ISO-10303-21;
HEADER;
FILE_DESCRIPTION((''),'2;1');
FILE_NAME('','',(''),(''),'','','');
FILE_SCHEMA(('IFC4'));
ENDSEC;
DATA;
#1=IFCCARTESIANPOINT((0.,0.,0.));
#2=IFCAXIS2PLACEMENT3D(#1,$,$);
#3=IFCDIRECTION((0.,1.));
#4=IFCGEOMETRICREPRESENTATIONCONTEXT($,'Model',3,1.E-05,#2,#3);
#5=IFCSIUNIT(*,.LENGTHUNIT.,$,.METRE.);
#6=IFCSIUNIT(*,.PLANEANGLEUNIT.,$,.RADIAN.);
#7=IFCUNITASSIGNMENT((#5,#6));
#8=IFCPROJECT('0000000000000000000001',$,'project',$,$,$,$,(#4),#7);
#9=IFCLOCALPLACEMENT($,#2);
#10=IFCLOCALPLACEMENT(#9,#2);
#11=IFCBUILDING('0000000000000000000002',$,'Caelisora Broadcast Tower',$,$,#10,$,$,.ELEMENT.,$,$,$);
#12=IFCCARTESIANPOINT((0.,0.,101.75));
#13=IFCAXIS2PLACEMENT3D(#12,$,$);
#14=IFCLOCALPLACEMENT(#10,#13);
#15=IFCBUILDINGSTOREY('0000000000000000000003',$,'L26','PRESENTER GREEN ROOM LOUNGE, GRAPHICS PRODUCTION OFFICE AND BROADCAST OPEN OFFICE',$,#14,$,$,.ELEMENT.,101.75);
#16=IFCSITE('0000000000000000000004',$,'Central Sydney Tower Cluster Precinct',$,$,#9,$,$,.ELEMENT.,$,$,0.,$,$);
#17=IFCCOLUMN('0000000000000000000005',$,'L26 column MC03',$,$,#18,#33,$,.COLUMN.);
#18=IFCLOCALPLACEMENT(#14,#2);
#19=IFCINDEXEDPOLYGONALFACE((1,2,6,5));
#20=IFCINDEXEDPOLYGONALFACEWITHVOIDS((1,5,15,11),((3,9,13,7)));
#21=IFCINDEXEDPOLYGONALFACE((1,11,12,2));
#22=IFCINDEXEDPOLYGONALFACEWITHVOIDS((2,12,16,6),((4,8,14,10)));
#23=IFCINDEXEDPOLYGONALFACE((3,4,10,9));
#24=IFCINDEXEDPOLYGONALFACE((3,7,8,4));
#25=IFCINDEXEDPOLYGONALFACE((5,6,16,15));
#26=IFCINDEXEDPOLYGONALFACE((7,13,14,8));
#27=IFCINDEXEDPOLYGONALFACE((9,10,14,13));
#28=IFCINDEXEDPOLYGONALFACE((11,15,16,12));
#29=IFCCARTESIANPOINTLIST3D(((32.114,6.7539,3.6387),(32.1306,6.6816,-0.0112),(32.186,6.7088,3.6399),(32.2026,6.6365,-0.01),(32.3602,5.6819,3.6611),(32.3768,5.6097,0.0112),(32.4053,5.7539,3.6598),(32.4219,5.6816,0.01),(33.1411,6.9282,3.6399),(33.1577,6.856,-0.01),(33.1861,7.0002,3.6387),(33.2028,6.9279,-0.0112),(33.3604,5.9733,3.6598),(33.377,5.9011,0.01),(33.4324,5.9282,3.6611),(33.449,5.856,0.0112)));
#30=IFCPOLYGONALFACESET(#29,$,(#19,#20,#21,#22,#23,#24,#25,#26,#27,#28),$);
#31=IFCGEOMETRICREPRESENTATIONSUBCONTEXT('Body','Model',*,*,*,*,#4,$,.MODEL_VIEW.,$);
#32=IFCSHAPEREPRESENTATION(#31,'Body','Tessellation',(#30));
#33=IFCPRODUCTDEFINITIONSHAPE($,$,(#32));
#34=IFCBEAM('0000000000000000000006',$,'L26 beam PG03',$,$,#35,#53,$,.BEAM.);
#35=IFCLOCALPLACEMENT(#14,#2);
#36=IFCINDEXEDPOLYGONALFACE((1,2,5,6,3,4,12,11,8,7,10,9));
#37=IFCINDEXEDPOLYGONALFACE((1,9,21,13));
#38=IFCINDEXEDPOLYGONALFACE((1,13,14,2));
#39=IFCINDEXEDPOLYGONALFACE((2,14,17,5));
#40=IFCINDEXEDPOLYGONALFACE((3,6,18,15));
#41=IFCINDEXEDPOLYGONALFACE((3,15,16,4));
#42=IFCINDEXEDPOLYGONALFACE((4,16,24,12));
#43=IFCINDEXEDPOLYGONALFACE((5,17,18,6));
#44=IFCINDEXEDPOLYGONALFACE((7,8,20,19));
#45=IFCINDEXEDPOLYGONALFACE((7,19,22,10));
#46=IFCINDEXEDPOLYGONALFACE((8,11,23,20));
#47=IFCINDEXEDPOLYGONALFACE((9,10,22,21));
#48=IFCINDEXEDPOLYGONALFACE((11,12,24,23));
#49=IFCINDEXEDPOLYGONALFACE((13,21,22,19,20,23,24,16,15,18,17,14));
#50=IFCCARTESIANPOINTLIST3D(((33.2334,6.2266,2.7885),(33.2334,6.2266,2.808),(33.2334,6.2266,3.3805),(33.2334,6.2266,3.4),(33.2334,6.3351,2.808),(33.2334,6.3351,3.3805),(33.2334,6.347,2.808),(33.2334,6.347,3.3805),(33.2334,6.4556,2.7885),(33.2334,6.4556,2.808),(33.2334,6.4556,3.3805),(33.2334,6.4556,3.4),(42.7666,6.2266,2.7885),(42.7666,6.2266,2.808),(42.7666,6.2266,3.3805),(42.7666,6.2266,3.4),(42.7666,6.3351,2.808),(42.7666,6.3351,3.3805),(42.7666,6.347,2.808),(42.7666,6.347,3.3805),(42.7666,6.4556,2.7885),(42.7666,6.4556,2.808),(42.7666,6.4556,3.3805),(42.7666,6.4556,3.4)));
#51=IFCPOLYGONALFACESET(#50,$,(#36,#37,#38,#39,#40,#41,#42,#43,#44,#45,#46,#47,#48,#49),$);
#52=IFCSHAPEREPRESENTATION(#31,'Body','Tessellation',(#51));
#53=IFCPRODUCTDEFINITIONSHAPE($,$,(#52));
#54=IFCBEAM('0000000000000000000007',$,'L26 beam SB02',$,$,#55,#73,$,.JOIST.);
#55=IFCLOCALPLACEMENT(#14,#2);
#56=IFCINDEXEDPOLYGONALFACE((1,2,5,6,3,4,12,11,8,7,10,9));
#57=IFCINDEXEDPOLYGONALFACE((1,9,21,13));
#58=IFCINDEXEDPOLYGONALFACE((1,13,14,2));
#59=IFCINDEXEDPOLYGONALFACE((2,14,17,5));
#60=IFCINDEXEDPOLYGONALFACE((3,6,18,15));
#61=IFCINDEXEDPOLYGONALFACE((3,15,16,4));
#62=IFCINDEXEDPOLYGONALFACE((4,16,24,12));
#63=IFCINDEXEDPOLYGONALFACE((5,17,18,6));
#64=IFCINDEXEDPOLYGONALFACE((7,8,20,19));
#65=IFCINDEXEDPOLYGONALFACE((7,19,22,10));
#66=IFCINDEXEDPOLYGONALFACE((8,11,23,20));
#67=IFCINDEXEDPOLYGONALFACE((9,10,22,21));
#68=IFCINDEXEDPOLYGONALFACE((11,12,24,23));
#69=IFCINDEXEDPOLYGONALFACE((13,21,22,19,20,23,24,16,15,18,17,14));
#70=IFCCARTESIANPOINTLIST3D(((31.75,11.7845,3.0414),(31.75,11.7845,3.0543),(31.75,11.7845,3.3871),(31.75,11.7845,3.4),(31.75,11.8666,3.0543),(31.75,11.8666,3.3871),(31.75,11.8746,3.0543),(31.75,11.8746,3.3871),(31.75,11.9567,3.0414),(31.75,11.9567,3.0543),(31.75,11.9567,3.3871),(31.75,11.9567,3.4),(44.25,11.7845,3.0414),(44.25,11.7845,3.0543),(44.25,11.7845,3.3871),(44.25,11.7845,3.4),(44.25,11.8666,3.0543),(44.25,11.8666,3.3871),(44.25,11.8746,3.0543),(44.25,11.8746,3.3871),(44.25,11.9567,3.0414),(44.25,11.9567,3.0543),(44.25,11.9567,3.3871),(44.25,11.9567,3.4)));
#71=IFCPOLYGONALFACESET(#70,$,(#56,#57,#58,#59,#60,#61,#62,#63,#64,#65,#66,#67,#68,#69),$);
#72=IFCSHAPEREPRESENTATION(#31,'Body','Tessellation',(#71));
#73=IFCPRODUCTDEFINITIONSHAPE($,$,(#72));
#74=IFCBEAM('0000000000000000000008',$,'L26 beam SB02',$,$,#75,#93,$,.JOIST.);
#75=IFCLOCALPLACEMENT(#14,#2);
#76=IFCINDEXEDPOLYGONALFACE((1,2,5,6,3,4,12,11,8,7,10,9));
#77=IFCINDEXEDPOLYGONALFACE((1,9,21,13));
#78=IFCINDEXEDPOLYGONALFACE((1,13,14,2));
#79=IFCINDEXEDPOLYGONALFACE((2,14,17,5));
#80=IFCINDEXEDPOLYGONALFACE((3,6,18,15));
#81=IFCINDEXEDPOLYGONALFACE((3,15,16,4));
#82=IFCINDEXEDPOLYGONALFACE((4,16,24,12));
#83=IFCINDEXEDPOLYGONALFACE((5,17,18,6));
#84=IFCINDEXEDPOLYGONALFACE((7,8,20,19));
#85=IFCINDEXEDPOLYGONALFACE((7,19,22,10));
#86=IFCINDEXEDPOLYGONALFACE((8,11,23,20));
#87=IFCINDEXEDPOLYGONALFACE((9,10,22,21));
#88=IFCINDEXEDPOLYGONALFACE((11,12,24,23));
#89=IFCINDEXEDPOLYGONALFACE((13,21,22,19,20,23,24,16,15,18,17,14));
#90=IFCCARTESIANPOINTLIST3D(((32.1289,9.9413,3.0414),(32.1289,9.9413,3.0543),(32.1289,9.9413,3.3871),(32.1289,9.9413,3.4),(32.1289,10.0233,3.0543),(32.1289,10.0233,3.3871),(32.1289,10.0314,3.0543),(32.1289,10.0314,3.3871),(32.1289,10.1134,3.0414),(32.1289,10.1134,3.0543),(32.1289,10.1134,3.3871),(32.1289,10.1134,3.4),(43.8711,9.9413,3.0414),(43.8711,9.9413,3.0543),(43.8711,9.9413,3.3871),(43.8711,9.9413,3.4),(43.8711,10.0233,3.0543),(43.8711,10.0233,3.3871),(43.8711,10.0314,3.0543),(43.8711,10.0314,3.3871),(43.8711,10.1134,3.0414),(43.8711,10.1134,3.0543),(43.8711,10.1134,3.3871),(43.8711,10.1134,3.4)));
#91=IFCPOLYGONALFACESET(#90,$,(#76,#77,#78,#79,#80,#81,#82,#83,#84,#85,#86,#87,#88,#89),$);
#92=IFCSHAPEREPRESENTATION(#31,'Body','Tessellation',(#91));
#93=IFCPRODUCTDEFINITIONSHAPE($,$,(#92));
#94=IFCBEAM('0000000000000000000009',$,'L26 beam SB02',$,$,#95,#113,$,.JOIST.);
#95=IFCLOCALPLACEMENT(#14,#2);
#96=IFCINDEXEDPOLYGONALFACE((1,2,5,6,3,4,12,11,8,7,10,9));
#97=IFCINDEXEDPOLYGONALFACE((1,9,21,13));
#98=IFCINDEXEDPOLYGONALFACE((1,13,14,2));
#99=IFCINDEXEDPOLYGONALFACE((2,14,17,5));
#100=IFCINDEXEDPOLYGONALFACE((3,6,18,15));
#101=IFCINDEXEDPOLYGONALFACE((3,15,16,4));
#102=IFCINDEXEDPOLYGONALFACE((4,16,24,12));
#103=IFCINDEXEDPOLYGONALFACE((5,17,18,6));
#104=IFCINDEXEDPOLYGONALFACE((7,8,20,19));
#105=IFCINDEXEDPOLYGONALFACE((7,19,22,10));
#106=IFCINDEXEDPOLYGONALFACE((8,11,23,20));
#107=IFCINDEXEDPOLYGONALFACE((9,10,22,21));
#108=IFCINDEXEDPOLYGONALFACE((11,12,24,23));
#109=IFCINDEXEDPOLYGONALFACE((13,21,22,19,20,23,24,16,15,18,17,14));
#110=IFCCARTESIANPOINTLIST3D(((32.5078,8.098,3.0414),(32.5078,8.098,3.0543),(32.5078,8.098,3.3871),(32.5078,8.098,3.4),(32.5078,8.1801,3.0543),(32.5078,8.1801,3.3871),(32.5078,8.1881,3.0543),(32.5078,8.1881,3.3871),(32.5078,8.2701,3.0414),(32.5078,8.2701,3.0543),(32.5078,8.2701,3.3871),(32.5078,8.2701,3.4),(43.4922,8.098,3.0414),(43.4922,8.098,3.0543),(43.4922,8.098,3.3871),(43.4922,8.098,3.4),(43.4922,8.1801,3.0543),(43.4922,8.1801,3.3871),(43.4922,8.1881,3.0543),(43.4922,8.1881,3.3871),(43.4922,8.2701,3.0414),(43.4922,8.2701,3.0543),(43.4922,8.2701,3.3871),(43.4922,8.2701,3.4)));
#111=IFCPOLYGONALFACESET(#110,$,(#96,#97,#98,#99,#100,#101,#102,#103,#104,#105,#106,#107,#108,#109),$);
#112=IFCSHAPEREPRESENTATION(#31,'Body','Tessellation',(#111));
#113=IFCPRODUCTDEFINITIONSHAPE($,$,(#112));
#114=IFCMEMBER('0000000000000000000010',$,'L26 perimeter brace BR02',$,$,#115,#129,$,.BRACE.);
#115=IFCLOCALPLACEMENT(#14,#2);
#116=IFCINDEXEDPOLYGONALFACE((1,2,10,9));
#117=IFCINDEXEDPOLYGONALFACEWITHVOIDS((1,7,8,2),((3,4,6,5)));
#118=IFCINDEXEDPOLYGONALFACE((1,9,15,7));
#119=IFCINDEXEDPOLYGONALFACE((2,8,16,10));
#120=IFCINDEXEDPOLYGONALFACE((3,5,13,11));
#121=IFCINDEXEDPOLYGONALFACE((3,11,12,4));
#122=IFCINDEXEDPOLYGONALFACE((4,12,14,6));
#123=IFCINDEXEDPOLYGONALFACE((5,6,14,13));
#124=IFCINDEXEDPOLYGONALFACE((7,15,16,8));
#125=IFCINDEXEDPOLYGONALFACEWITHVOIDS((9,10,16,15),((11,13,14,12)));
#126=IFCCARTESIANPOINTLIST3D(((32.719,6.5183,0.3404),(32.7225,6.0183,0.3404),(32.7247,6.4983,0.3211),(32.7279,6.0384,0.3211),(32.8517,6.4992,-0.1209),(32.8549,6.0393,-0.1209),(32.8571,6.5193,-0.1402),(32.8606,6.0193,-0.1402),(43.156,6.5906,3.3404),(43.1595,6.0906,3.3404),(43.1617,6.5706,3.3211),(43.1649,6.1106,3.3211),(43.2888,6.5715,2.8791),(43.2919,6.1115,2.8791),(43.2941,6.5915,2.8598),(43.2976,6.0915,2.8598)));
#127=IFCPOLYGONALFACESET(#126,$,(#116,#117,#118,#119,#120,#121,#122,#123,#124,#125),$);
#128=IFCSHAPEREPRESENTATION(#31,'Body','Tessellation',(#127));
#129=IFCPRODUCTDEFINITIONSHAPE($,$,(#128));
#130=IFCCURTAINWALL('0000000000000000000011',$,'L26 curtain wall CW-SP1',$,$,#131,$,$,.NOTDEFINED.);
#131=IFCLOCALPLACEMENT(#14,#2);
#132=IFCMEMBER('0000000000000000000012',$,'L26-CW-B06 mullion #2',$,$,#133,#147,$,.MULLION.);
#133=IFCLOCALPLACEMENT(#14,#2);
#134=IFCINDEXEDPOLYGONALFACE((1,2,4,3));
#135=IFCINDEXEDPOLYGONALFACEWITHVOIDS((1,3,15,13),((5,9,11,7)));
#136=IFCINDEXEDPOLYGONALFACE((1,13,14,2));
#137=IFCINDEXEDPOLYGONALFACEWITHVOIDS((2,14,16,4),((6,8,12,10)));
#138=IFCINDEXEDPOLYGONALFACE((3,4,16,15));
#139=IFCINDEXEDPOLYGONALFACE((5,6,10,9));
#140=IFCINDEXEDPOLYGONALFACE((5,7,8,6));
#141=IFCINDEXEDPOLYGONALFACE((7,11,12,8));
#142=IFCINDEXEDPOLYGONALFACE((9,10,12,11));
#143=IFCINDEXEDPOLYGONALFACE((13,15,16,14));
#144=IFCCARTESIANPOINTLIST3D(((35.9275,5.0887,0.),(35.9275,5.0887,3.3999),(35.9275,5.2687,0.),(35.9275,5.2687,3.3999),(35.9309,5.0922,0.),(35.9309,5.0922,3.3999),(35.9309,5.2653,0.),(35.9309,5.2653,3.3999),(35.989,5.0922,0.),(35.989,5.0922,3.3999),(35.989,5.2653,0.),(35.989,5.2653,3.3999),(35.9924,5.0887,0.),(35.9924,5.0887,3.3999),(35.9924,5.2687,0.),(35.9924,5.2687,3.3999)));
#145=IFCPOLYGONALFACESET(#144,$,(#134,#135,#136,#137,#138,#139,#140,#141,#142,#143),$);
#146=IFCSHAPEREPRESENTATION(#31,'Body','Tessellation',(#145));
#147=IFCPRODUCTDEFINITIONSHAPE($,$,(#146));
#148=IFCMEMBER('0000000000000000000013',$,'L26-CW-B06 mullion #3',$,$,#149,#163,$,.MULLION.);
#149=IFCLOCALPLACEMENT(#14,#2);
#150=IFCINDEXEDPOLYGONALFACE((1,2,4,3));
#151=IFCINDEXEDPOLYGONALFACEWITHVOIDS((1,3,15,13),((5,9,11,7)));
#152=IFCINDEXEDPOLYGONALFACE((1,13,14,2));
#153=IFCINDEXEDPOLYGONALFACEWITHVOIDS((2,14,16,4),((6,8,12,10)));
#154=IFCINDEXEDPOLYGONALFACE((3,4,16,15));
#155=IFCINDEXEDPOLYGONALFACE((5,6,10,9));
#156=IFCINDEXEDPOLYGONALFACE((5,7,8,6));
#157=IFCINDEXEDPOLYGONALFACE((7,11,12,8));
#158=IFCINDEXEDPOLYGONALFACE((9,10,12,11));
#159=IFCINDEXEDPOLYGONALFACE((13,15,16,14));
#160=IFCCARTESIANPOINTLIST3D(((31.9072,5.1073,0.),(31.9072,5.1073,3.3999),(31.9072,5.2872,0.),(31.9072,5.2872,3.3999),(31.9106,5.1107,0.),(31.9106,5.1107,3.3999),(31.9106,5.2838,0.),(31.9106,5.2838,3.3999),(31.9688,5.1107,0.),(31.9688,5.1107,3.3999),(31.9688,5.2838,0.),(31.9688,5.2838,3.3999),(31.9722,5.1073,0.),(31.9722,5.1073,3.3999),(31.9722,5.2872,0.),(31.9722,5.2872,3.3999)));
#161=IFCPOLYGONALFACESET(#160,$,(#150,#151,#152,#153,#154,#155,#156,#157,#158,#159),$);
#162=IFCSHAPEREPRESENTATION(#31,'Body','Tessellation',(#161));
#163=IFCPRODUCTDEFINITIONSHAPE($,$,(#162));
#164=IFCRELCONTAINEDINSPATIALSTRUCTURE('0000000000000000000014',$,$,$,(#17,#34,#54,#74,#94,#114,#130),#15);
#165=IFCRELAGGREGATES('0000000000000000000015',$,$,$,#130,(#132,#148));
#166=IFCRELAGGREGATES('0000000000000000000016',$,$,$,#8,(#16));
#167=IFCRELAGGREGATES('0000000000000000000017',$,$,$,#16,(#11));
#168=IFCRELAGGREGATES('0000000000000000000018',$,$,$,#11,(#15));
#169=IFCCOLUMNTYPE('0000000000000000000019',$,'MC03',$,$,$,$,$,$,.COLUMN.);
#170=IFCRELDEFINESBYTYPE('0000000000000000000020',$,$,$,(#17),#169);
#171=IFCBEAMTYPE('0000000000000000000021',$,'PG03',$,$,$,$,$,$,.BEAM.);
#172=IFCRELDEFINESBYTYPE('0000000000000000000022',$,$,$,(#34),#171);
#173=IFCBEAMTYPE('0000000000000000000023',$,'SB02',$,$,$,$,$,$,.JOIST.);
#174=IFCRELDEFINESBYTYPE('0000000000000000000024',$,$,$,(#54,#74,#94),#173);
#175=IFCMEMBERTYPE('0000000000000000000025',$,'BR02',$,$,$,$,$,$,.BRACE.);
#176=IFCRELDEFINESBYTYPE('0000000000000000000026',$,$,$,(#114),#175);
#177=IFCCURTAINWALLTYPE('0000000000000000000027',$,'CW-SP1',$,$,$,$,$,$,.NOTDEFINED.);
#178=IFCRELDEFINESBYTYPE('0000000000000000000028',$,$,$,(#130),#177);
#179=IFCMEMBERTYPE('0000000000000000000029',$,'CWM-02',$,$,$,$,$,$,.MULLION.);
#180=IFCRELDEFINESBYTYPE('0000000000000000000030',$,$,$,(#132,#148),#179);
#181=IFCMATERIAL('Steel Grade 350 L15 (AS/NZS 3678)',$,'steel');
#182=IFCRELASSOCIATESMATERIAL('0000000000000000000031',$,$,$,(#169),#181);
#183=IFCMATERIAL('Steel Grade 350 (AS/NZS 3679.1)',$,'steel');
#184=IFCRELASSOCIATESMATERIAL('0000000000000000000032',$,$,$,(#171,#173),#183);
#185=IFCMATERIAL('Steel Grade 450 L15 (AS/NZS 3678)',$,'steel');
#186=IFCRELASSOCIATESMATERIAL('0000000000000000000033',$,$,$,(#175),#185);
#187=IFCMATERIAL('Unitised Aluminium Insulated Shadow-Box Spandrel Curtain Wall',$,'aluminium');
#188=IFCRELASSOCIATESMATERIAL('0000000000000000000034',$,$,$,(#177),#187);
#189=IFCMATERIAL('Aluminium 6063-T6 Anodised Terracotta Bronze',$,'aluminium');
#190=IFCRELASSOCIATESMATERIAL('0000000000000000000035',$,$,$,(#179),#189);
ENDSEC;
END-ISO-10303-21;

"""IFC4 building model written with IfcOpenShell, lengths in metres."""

from ifc_helpers import new_model, si_unit, direction, frame, origin, origin_2d, place, context, subcontext, project, spatial, hollow_rectangle, i_section, extrude, source, transform, mapped, material, material_profile, profile_set, type_object, type_shapes, element, aggregate, save


model = new_model("IFC4")

# Units and contexts
model_context = context("Model", 3, precision=1e-05, world=origin(), true_north=direction((0.0, 1.0)))
body_context = subcontext(model_context, "Body", "Model", "MODEL_VIEW")
ifc_project = project(units=[si_unit("LENGTHUNIT", "METRE"), si_unit("PLANEANGLEUNIT", "RADIAN")], contexts=[model_context])

# Site, building, storey
site_placement = place(None, origin())
site = spatial("IfcSite", under=ifc_project, at=site_placement, Name="Central Sydney Tower Cluster Precinct", CompositionType="ELEMENT", RefElevation=0.0)
building_placement = place(site_placement, origin())
building = spatial("IfcBuilding", under=site, at=building_placement, Name="Caelisora Broadcast Tower", CompositionType="ELEMENT")
storey_placement = place(building_placement, frame((0.0, 0.0, 101.75)))
storey = spatial("IfcBuildingStorey", under=building, at=storey_placement, Name="L26", Description="PRESENTER GREEN ROOM LOUNGE, GRAPHICS PRODUCTION OFFICE AND BROADCAST OPEN OFFICE", CompositionType="ELEMENT", Elevation=101.75)

# Column
ifc_material_1 = material(Name="Steel Grade 350 L15 (AS/NZS 3678)", Category="steel")
ifc_material_profile_1 = material_profile(ifc_material_1, hollow_rectangle(XDim=1.1001, YDim=1.1001, WallThickness=0.0601, at=origin_2d()), Name="Steel Grade 350 L15 (AS/NZS 3678)")
ifc_profile_set_1 = profile_set([ifc_material_profile_1], Name="Steel Grade 350 L15 (AS/NZS 3678)")
column_type = type_object("IfcColumnType", Name="MC03", PredefinedType="COLUMN", material=ifc_profile_set_1)
shared_shape_1 = source(origin(), body_context, "Body", "SweptSolid", [
    extrude(hollow_rectangle(XDim=1.1001, YDim=1.1001, WallThickness=0.0601, at=origin_2d()), origin(), (0.0, 0.0, 1.0), 3.6506),
])
type_shapes(column_type, [shared_shape_1])
column_placement = place(storey_placement, frame((32.7898, 6.2688, 0.0), z_axis=(-0.004548, 0.019795, 0.999794), x_axis=(-0.974613, -0.223898, 0.0)))
element("IfcColumn", 1, at=column_placement, inside=storey, type_object=column_type, Name="L26 column MC03", PredefinedType="COLUMN", context=body_context, shape_type="MappedRepresentation", body=[
    mapped(shared_shape_1, transform((0.0, 0.0, 0.0), scale=1.0)),
])

# Beams
ifc_material_2 = material(Name="Steel Grade 350 (AS/NZS 3679.1)", Category="steel")
ifc_material_profile_2 = material_profile(ifc_material_2, i_section(OverallWidth=0.229, OverallDepth=0.6116, WebThickness=0.012, FlangeThickness=0.0195, at=origin_2d()), Name="Steel Grade 350 (AS/NZS 3679.1)")
ifc_profile_set_2 = profile_set([ifc_material_profile_2], Name="Steel Grade 350 (AS/NZS 3679.1)")
beam_type_1 = type_object("IfcBeamType", Name="PG03", PredefinedType="BEAM", material=ifc_profile_set_2)
shared_shape_2 = source(origin(), body_context, "Body", "SweptSolid", [
    extrude(i_section(OverallWidth=0.229, OverallDepth=0.6116, WebThickness=0.012, FlangeThickness=0.0195, at=origin_2d()), origin(), (0.0, 0.0, 1.0), 9.5332),
])
type_shapes(beam_type_1, [shared_shape_2])
beam_1_placement = place(storey_placement, frame((33.2334, 6.3411, 3.0942), z_axis=(1.0, 0.0, 0.0), x_axis=(0.0, 1.0, 0.0)))
element("IfcBeam", 2, at=beam_1_placement, inside=storey, type_object=beam_type_1, Name="L26 beam PG03", PredefinedType="BEAM", context=body_context, shape_type="MappedRepresentation", body=[
    mapped(shared_shape_2, transform((0.0, 0.0, 0.0), scale=1.0)),
])
ifc_material_profile_3 = material_profile(ifc_material_2, i_section(OverallWidth=0.1721, OverallDepth=0.3586, WebThickness=0.0081, FlangeThickness=0.0129, at=origin_2d()), Name="Steel Grade 350 (AS/NZS 3679.1)")
ifc_profile_set_3 = profile_set([ifc_material_profile_3], Name="Steel Grade 350 (AS/NZS 3679.1)")
beam_type_2 = type_object("IfcBeamType", Name="SB02", PredefinedType="JOIST", material=ifc_profile_set_3)
shared_shape_3 = source(origin(), body_context, "Body", "SweptSolid", [
    extrude(i_section(OverallWidth=0.1721, OverallDepth=0.3586, WebThickness=0.0081, FlangeThickness=0.0129, at=origin_2d()), origin(), (0.0, 0.0, 1.0), 12.5),
])
beam_2_placement = place(storey_placement, frame((31.75, 11.8706, 3.2207), z_axis=(1.0, 0.0, 0.0), x_axis=(0.0, 1.0, 0.0)))
element("IfcBeam", 3, at=beam_2_placement, inside=storey, type_object=beam_type_2, Name="L26 beam SB02", PredefinedType="JOIST", context=body_context, shape_type="MappedRepresentation", body=[
    mapped(shared_shape_3, transform((0.0, 0.0, 0.0), scale=1.0)),
])
shared_shape_4 = source(origin(), body_context, "Body", "SweptSolid", [
    extrude(i_section(OverallWidth=0.1721, OverallDepth=0.3586, WebThickness=0.0081, FlangeThickness=0.0129, at=origin_2d()), origin(), (0.0, 0.0, 1.0), 11.7422),
])
beam_3_placement = place(storey_placement, frame((32.1289, 10.0273, 3.2207), z_axis=(1.0, 0.0, 0.0), x_axis=(0.0, 1.0, 0.0)))
element("IfcBeam", 4, at=beam_3_placement, inside=storey, type_object=beam_type_2, Name="L26 beam SB02", PredefinedType="JOIST", context=body_context, shape_type="MappedRepresentation", body=[
    mapped(shared_shape_4, transform((0.0, 0.0, 0.0), scale=1.0)),
])
shared_shape_5 = source(origin(), body_context, "Body", "SweptSolid", [
    extrude(i_section(OverallWidth=0.1721, OverallDepth=0.3586, WebThickness=0.0081, FlangeThickness=0.0129, at=origin_2d()), origin(), (0.0, 0.0, 1.0), 10.9844),
])
type_shapes(beam_type_2, [shared_shape_3, shared_shape_4, shared_shape_5])
beam_4_placement = place(storey_placement, frame((32.5078, 8.1841, 3.2207), z_axis=(1.0, 0.0, 0.0), x_axis=(0.0, 1.0, 0.0)))
element("IfcBeam", 5, at=beam_4_placement, inside=storey, type_object=beam_type_2, Name="L26 beam SB02", PredefinedType="JOIST", context=body_context, shape_type="MappedRepresentation", body=[
    mapped(shared_shape_5, transform((0.0, 0.0, 0.0), scale=1.0)),
])

# Member
ifc_material_3 = material(Name="Steel Grade 450 L15 (AS/NZS 3678)", Category="steel")
ifc_material_profile_4 = material_profile(ifc_material_3, hollow_rectangle(XDim=0.5, YDim=0.5, WallThickness=0.02, at=origin_2d()), Name="Steel Grade 450 L15 (AS/NZS 3678)")
ifc_profile_set_4 = profile_set([ifc_material_profile_4], Name="Steel Grade 450 L15 (AS/NZS 3678)")
member_type_1 = type_object("IfcMemberType", Name="BR02", PredefinedType="BRACE", material=ifc_profile_set_4)
shared_shape_6 = source(origin(), body_context, "Body", "SweptSolid", [
    extrude(hollow_rectangle(XDim=0.5, YDim=0.5, WallThickness=0.02, at=origin_2d()), origin(), (0.0, 0.0, 1.0), 10.8599),
])
type_shapes(member_type_1, [shared_shape_6])
member_1_placement = place(storey_placement, frame((32.7898, 6.2688, 0.1001), z_axis=(0.961064, 0.006654, 0.276247), x_axis=(-0.006924, 0.999976, 0.0)))
element("IfcMember", 6, at=member_1_placement, inside=storey, type_object=member_type_1, Name="L26 perimeter brace BR02", PredefinedType="BRACE", context=body_context, shape_type="MappedRepresentation", body=[
    mapped(shared_shape_6, transform((0.0, 0.0, 0.0), scale=1.0)),
])

# Curtain wall, members
ifc_material_4 = material(Name="Unitised Aluminium Insulated Shadow-Box Spandrel Curtain Wall", Category="aluminium")
curtain_wall_type_1 = type_object("IfcCurtainWallType", Name="CW-SP1", PredefinedType="NOTDEFINED", material=ifc_material_4)
curtain_wall_1_placement = place(storey_placement, origin())
curtain_wall_1 = element("IfcCurtainWall", 7, at=curtain_wall_1_placement, inside=storey, type_object=curtain_wall_type_1, Name="L26 curtain wall CW-SP1", PredefinedType="NOTDEFINED")
ifc_material_5 = material(Name="Aluminium 6063-T6 Anodised Terracotta Bronze", Category="aluminium")
ifc_material_profile_5 = material_profile(ifc_material_5, hollow_rectangle(XDim=0.0649, YDim=0.1799, WallThickness=0.0034, at=origin_2d()), Name="Aluminium 6063-T6 Anodised Terracotta Bronze")
ifc_profile_set_5 = profile_set([ifc_material_profile_5], Name="Aluminium 6063-T6 Anodised Terracotta Bronze")
member_type_2 = type_object("IfcMemberType", Name="CWM-02", PredefinedType="MULLION", material=ifc_profile_set_5)
shared_shape_7 = source(origin(), body_context, "Body", "SweptSolid", [
    extrude(hollow_rectangle(XDim=0.0649, YDim=0.1799, WallThickness=0.0034, at=origin_2d()), origin(), (0.0, 0.0, 1.0), 3.3999),
])
type_shapes(member_type_2, [shared_shape_7])
member_2_placement = place(storey_placement, frame((35.96, 5.1787, 0.0), z_axis=(0.0, 0.0, 1.0), x_axis=(1.0, 0.0, 0.0)))
member_2 = element("IfcMember", 8, at=member_2_placement, type_object=member_type_2, Name="L26-CW-B06 mullion #2", PredefinedType="MULLION", context=body_context, shape_type="MappedRepresentation", body=[
    mapped(shared_shape_7, transform((0.0, 0.0, 0.0), scale=1.0)),
])
member_3_placement = place(storey_placement, frame((31.9397, 5.1973, 0.0), z_axis=(0.0, 0.0, 1.0), x_axis=(1.0, 0.0, 0.0)))
member_3 = element("IfcMember", 9, at=member_3_placement, type_object=member_type_2, Name="L26-CW-B06 mullion #3", PredefinedType="MULLION", context=body_context, shape_type="MappedRepresentation", body=[
    mapped(shared_shape_7, transform((0.0, 0.0, 0.0), scale=1.0)),
])

aggregate(curtain_wall_1, [member_2, member_3])

save(model, "model.ifc")
